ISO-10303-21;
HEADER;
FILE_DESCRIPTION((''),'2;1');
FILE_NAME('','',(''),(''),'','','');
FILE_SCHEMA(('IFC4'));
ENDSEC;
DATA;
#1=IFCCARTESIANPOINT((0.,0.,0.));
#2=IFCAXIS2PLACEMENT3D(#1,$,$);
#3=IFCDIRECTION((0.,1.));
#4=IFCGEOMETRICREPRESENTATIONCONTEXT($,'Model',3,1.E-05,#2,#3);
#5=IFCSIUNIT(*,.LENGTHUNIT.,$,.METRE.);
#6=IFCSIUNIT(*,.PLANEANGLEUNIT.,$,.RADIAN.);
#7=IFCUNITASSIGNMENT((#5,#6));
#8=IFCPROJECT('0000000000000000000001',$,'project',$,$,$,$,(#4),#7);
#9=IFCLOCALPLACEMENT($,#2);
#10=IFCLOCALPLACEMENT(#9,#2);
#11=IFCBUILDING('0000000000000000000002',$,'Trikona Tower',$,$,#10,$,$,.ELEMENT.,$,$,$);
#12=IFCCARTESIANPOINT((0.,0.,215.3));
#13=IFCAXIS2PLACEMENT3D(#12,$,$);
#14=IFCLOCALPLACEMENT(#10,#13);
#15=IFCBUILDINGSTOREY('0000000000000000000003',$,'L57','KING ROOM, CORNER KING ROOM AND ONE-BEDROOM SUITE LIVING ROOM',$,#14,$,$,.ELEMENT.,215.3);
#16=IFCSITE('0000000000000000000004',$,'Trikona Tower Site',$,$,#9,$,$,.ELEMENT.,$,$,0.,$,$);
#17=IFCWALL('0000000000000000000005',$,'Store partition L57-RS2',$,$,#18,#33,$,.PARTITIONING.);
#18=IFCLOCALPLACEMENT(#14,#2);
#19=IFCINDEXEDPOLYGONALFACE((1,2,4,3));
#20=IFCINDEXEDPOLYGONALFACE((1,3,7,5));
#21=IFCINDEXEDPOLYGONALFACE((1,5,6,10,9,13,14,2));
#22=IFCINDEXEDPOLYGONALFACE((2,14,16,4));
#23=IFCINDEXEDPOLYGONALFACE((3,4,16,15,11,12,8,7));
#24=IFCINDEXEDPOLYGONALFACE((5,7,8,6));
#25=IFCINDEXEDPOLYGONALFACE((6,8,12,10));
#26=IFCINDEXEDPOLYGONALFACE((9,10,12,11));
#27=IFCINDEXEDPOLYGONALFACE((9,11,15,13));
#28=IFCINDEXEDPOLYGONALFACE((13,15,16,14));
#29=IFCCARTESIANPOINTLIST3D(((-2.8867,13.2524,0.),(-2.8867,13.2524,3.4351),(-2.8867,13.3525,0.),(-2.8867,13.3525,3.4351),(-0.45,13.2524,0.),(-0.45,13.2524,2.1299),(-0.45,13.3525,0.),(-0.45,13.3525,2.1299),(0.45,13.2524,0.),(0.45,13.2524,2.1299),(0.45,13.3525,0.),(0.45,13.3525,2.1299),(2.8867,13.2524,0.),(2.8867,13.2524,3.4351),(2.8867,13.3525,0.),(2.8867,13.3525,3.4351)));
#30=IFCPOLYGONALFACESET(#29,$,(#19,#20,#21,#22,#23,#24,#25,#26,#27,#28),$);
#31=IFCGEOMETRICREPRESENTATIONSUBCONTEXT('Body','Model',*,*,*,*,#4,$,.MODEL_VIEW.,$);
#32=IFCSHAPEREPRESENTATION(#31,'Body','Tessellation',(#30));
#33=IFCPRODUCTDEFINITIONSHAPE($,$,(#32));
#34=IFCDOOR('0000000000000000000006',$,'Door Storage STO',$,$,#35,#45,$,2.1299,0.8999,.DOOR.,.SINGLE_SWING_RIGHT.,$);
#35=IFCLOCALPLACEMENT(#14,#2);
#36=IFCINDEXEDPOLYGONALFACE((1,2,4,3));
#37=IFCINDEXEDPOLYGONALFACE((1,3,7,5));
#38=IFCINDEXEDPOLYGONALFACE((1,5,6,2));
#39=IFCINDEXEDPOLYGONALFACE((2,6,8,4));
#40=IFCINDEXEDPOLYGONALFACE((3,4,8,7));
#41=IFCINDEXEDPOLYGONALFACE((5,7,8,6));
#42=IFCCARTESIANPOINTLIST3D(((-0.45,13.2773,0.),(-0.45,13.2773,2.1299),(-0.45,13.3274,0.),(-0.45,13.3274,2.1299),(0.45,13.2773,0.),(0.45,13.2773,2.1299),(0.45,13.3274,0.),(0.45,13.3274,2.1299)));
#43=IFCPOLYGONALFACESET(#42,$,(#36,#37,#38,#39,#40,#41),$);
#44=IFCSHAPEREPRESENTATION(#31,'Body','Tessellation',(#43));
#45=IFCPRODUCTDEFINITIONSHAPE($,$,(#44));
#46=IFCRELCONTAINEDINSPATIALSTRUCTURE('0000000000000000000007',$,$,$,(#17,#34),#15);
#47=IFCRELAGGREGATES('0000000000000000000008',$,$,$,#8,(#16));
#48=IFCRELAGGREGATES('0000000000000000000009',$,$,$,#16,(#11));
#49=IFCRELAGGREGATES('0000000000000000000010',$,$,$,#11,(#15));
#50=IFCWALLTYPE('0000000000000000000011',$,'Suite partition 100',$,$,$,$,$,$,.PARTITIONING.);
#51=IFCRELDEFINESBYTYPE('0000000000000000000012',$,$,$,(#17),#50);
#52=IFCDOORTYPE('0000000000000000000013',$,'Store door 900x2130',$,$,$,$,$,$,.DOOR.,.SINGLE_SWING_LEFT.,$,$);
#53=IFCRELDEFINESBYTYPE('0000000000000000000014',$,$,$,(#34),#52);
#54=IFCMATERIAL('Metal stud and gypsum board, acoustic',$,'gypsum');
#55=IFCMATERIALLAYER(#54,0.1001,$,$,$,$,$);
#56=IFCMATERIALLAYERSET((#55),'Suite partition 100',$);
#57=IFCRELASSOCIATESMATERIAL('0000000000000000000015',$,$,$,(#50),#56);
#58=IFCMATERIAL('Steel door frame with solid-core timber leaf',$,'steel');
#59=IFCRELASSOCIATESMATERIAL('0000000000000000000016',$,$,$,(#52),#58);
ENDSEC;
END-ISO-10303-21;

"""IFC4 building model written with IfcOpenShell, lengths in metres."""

from ifc_helpers import new_model, si_unit, direction, frame, frame_2d, origin, place, context, subcontext, project, spatial, rectangle, extrude, material, layer, layer_set, type_object, element, fill, save


model = new_model("IFC4")

# Units and contexts
model_context = context("Model", 3, precision=1e-05, world=origin(), true_north=direction((0.0, 1.0)))
body_context = subcontext(model_context, "Body", "Model", "MODEL_VIEW")
ifc_project = project(units=[si_unit("LENGTHUNIT", "METRE"), si_unit("PLANEANGLEUNIT", "RADIAN")], contexts=[model_context])

# Site, building, storey
site_placement = place(None, origin())
site = spatial("IfcSite", under=ifc_project, at=site_placement, Name="Trikona Tower Site", CompositionType="ELEMENT", RefElevation=0.0)
building_placement = place(site_placement, origin())
building = spatial("IfcBuilding", under=site, at=building_placement, Name="Trikona Tower", CompositionType="ELEMENT")
storey_placement = place(building_placement, frame((0.0, 0.0, 215.3)))
storey = spatial("IfcBuildingStorey", under=building, at=storey_placement, Name="L57", Description="KING ROOM, CORNER KING ROOM AND ONE-BEDROOM SUITE LIVING ROOM", CompositionType="ELEMENT", Elevation=215.3)

# Wall, opening, door
ifc_material_1 = material(Name="Metal stud and gypsum board, acoustic", Category="gypsum")
ifc_layer_1 = layer(ifc_material_1, 0.1001)
ifc_layer_set_1 = layer_set([ifc_layer_1], Name="Suite partition 100")
wall_type_1 = type_object("IfcWallType", Name="Suite partition 100", PredefinedType="PARTITIONING", material=ifc_layer_set_1)
wall_1_placement = place(storey_placement, frame((-2.8867, 13.3025, 0.0), z_axis=(0.0, 0.0, 1.0), x_axis=(1.0, 0.0, 0.0)))
wall_1 = element("IfcWall", 1, at=wall_1_placement, inside=storey, type_object=wall_type_1, Name="Store partition L57-RS2", PredefinedType="PARTITIONING", context=body_context, shape_type="SweptSolid", body=[
    extrude(rectangle(XDim=5.7734, YDim=0.1001, at=frame_2d((2.8867, 0.0))), origin(), (0.0, 0.0, 1.0), 3.4351),
])
opening_1_placement = place(wall_1_placement, frame((2.4368, 0.0, 0.0)))
opening_1 = element("IfcOpeningElement", 2, at=opening_1_placement, cuts=wall_1, PredefinedType="OPENING", context=body_context, shape_type="SweptSolid", body=[
    extrude(rectangle(XDim=0.8999, YDim=2.1299, at=frame_2d((0.45, 1.0649))), frame((0.0, 0.0601, 0.0), z_axis=(0.0, -1.0, 0.0), x_axis=(1.0, 0.0, 0.0)), (0.0, 0.0, 1.0), 0.1201),
])
ifc_material_2 = material(Name="Steel door frame with solid-core timber leaf", Category="steel")
door_type_1 = type_object("IfcDoorType", Name="Store door 900x2130", OperationType="SINGLE_SWING_LEFT", PredefinedType="DOOR", material=ifc_material_2)
door_1_placement = place(opening_1_placement, origin())
door_1 = element("IfcDoor", 3, at=door_1_placement, inside=storey, type_object=door_type_1, Name="Door Storage STO", OperationType="SINGLE_SWING_RIGHT", OverallHeight=2.1299, OverallWidth=0.8999, PredefinedType="DOOR", context=body_context, shape_type="SweptSolid", body=[
    extrude(rectangle(XDim=0.8999, YDim=2.1299, at=frame_2d((0.45, 1.0649))), frame((0.0, 0.0249, 0.0), z_axis=(0.0, -1.0, 0.0), x_axis=(1.0, 0.0, 0.0)), (0.0, 0.0, 1.0), 0.05),
])
fill(opening_1, door_1)

save(model, "model.ifc")
